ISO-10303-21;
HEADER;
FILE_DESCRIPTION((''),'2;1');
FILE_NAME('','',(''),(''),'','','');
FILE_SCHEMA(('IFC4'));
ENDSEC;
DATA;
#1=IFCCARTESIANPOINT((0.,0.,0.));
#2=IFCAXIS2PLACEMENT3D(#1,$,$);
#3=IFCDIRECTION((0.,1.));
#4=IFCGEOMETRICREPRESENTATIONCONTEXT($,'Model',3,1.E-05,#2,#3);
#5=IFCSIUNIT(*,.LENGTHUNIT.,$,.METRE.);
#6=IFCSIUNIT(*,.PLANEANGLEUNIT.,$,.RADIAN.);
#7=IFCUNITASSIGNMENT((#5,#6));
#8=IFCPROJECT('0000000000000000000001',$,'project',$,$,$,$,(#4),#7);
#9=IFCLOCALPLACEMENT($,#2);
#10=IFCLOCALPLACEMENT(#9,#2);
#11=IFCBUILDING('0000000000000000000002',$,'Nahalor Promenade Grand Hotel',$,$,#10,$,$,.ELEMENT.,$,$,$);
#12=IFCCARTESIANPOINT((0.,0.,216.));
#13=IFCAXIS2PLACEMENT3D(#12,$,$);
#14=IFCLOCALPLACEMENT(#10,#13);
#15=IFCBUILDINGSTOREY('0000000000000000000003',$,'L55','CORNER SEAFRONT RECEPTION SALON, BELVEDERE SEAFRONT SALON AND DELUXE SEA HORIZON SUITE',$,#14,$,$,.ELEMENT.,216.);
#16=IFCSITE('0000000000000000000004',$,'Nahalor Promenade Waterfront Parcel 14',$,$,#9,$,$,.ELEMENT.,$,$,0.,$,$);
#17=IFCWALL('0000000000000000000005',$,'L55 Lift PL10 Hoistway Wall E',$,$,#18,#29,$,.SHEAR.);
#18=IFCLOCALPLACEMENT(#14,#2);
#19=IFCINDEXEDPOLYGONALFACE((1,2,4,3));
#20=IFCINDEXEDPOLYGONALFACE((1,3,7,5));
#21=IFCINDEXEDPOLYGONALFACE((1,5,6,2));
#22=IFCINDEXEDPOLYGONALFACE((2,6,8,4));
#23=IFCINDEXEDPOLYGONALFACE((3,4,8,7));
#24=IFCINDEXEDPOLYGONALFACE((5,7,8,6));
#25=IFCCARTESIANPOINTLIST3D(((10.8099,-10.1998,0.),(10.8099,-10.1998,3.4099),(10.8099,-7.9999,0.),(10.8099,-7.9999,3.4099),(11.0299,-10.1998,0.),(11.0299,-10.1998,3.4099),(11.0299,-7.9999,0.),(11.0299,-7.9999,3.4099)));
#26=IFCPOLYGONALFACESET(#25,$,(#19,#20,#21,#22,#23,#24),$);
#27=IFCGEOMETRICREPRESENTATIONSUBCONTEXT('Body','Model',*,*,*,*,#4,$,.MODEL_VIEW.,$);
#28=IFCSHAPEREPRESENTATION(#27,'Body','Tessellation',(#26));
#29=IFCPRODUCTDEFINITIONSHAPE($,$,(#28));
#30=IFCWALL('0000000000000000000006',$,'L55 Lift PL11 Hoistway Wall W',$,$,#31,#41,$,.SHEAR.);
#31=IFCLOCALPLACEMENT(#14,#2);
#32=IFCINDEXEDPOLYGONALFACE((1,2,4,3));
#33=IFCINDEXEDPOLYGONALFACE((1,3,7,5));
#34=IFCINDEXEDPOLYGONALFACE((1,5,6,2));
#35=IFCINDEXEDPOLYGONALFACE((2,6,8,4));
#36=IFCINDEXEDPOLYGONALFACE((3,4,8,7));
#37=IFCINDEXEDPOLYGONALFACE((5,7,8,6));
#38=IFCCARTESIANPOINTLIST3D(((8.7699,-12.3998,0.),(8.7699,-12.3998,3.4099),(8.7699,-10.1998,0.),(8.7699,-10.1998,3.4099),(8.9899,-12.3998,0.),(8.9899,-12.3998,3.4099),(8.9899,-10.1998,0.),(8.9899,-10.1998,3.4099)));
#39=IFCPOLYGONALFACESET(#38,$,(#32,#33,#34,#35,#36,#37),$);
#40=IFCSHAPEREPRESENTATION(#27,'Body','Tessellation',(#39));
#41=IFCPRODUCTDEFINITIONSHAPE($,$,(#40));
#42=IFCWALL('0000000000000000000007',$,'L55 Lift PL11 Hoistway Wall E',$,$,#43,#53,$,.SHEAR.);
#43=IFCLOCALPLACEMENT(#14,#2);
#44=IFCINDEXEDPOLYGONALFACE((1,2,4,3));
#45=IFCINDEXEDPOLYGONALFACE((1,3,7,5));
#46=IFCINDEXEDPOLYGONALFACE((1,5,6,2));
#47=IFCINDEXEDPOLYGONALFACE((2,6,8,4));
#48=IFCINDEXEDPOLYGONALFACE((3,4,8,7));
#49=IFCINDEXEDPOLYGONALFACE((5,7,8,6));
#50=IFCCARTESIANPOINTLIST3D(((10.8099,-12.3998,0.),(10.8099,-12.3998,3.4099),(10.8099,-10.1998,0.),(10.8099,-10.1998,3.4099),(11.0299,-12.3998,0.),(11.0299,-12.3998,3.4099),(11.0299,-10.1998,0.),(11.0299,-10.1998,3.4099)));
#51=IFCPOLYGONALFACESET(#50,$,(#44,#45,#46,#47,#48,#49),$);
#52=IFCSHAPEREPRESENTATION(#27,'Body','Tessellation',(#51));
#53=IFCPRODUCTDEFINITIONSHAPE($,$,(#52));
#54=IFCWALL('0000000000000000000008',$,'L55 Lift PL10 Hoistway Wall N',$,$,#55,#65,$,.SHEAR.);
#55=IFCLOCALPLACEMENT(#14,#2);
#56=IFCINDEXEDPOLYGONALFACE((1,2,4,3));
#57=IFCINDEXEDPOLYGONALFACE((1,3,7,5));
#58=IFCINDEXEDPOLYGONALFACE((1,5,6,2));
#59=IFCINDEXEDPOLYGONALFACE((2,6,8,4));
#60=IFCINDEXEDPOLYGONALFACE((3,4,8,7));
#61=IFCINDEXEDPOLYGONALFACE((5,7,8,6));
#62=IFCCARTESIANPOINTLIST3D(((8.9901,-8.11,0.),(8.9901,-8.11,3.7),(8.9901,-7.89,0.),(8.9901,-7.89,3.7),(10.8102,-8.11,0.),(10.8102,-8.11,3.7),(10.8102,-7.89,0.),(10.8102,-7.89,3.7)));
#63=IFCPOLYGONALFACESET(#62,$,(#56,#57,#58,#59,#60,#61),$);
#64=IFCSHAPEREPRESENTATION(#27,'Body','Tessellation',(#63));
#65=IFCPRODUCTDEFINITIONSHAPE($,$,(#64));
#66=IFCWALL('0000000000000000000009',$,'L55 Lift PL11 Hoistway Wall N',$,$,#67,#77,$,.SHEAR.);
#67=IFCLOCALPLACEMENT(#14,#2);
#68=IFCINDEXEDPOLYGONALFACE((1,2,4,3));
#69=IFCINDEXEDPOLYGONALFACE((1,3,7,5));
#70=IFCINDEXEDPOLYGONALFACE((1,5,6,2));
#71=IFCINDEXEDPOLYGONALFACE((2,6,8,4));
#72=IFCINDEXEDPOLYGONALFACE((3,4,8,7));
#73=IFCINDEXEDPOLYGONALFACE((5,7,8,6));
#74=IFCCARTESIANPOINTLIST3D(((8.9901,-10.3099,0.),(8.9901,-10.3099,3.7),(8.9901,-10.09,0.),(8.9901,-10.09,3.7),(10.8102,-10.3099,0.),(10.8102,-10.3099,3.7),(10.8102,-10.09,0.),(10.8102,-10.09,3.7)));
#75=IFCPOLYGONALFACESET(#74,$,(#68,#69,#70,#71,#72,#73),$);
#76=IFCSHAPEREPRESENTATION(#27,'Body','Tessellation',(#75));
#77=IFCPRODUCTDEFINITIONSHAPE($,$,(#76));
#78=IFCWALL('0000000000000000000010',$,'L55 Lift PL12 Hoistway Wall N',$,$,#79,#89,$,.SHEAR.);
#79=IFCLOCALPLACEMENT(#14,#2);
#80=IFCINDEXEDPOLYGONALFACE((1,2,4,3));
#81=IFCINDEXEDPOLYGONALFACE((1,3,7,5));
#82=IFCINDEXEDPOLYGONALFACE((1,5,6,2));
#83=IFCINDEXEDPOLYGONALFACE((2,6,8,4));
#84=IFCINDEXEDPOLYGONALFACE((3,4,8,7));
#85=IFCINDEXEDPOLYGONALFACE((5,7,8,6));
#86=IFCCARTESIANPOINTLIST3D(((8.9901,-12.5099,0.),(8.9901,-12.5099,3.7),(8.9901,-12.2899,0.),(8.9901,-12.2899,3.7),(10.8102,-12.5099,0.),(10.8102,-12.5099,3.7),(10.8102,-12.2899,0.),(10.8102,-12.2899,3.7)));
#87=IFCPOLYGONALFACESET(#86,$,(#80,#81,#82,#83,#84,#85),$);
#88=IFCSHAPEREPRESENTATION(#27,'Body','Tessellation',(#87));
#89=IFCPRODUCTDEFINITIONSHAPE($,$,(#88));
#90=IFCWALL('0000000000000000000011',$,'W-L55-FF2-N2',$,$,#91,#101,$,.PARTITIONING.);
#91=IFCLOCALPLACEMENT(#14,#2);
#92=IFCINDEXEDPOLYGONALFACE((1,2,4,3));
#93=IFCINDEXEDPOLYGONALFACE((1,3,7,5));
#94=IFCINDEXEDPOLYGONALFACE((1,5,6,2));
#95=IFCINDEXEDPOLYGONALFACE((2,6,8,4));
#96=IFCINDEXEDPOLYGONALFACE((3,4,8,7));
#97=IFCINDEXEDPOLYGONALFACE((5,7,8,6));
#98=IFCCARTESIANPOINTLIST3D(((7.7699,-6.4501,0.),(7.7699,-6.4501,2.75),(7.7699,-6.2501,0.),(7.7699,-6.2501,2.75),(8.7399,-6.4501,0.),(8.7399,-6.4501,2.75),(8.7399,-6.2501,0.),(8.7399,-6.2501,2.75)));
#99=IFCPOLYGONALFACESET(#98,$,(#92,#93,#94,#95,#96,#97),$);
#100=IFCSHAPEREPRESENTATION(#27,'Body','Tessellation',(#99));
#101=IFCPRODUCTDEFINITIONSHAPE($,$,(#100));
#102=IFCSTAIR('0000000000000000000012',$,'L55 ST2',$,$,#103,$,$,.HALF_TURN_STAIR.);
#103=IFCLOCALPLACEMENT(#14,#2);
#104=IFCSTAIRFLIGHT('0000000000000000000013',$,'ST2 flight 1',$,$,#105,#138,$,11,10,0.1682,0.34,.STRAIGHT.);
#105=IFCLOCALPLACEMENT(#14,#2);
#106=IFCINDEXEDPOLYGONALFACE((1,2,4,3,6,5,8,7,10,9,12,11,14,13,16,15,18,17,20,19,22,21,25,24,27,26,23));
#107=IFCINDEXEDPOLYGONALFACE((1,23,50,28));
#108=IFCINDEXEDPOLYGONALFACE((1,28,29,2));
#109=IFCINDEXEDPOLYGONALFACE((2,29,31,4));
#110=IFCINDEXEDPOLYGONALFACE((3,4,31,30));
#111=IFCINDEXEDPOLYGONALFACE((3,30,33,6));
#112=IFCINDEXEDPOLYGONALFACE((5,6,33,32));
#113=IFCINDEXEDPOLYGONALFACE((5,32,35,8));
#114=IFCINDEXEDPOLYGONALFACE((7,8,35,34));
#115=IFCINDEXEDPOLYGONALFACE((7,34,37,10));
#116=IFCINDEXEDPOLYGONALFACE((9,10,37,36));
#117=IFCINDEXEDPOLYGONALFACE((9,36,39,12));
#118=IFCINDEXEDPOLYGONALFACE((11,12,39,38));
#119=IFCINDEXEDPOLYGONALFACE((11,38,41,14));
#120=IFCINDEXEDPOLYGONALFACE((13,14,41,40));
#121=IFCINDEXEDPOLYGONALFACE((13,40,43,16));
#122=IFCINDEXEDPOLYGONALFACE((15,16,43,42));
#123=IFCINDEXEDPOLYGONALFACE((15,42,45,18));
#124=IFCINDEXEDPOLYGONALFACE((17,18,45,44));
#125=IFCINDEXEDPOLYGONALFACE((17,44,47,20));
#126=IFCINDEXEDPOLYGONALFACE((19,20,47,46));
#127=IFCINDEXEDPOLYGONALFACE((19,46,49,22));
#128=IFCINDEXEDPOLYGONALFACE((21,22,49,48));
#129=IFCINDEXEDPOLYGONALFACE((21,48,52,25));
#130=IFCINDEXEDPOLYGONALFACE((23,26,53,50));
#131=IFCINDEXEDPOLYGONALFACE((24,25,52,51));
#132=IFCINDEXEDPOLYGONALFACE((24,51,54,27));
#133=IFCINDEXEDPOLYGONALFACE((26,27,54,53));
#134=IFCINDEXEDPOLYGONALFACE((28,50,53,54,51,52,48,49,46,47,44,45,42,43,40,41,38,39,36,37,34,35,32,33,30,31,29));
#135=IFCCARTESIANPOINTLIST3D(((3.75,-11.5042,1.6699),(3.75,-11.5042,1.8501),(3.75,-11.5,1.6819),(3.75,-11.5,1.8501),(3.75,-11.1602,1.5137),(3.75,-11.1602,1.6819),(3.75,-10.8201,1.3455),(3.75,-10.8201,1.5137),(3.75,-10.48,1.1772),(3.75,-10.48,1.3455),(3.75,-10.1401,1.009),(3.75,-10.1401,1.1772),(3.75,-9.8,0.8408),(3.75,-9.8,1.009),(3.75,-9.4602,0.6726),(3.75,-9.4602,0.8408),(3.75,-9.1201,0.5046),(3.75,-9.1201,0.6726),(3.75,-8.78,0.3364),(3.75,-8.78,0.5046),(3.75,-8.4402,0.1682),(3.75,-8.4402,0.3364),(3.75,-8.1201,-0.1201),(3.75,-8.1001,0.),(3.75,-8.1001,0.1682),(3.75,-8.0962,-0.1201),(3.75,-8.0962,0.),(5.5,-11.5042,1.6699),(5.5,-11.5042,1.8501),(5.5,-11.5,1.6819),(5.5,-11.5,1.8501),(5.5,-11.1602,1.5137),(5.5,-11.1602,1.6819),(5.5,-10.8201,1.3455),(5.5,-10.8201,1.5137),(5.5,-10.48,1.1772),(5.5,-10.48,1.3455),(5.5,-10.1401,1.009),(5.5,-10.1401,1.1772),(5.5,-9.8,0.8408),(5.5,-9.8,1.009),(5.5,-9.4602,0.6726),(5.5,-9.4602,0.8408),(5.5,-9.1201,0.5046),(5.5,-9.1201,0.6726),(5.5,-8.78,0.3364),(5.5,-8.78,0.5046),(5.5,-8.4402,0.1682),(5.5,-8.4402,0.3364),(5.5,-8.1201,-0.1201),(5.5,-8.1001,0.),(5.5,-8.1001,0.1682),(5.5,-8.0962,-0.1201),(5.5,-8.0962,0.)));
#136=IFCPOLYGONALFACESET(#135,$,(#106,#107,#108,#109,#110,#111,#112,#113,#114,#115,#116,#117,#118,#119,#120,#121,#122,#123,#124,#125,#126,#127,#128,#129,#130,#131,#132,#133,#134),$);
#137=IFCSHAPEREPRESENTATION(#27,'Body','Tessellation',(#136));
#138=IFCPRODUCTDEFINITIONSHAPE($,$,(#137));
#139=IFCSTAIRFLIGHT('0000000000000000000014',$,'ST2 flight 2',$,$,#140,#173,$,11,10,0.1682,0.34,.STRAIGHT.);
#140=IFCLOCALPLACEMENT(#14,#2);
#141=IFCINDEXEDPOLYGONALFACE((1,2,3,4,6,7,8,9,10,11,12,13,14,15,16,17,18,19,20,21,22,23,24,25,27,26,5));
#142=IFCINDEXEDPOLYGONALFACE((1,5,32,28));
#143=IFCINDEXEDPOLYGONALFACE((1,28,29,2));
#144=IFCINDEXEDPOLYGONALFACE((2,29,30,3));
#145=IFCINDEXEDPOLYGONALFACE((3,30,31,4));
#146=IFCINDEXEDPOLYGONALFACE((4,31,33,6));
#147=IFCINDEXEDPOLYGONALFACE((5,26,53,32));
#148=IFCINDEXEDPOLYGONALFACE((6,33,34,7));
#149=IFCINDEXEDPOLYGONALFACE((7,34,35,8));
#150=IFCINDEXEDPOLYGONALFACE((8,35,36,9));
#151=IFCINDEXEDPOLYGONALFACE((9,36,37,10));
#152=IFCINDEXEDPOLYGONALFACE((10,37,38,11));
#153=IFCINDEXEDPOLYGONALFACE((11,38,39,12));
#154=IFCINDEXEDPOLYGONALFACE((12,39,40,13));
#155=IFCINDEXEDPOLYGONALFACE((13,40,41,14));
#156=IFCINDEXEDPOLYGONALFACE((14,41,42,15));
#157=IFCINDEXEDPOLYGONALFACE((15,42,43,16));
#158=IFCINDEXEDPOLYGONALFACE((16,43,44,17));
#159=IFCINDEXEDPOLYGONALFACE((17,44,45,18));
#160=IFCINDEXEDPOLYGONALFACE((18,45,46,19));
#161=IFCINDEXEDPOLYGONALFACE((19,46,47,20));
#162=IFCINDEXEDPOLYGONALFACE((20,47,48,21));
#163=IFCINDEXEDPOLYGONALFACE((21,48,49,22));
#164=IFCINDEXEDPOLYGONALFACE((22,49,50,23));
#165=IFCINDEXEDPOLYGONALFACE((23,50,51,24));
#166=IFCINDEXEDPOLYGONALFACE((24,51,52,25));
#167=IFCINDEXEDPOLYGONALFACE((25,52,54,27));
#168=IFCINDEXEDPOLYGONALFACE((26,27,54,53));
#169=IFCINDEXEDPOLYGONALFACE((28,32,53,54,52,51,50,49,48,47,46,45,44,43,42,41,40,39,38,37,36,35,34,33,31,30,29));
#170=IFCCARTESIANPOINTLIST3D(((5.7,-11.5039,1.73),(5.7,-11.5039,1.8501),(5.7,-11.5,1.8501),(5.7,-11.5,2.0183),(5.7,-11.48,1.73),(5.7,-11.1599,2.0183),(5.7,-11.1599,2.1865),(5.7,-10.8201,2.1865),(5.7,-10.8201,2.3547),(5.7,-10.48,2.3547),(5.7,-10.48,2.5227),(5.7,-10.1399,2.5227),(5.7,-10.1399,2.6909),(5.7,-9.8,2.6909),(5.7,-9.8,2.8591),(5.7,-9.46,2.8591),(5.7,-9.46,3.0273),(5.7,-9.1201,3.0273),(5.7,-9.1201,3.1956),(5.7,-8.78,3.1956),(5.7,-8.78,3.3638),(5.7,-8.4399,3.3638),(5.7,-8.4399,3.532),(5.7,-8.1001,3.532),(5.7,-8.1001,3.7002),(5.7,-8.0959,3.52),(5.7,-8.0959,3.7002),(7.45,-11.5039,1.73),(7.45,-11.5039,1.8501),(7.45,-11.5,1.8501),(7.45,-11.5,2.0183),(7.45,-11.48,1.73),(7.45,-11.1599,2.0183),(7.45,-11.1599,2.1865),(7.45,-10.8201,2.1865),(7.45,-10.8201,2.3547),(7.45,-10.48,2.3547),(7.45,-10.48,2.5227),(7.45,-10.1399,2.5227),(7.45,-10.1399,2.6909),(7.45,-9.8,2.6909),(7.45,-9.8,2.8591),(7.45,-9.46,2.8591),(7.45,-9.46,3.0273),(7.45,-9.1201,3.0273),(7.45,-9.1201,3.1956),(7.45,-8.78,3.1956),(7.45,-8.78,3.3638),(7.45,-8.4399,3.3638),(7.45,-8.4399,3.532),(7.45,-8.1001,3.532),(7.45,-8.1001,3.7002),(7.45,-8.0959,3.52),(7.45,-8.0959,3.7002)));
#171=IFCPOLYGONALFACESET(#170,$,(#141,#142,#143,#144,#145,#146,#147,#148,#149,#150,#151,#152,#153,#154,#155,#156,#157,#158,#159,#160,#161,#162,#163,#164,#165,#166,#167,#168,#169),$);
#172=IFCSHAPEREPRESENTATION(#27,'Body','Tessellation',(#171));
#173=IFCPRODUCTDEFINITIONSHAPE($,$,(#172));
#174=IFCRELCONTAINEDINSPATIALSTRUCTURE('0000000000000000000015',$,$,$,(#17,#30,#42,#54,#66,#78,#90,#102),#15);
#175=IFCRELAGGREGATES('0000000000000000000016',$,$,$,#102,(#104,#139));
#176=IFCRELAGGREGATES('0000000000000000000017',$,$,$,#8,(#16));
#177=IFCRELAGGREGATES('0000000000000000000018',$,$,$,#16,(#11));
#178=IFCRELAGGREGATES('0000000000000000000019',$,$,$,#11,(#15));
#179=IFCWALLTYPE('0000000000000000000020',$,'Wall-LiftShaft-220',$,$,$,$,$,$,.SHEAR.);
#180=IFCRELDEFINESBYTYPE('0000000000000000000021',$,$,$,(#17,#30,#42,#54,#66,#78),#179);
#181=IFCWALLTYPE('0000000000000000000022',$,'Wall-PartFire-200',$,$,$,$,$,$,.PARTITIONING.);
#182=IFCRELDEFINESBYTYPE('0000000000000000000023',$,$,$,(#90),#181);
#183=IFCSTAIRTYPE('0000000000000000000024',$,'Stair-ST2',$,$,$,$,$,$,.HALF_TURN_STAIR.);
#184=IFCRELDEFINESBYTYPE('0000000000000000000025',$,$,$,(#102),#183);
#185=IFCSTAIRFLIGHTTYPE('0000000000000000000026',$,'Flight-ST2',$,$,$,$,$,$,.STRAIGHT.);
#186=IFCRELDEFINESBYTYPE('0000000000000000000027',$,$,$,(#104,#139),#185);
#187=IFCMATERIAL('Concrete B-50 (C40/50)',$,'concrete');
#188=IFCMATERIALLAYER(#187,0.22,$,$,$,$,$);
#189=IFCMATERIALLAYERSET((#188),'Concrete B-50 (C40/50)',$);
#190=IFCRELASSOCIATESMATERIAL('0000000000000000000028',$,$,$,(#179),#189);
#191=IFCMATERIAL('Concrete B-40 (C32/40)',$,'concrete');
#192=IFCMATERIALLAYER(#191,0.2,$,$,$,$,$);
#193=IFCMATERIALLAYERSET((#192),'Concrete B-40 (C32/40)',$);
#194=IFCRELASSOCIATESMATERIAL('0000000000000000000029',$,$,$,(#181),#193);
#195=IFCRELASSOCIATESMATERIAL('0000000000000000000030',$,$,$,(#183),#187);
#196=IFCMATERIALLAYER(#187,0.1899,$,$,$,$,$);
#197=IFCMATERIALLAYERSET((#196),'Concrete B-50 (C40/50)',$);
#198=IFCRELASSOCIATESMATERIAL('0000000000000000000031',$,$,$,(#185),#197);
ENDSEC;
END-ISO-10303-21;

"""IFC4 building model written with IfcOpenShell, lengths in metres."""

from ifc_helpers import new_model, si_unit, direction, frame, frame_2d, origin, place, context, subcontext, project, spatial, polyline, rectangle, outline, extrude, source, transform, mapped, material, layer, layer_set, type_object, element, aggregate, save


model = new_model("IFC4")

# Units and contexts
model_context = context("Model", 3, precision=1e-05, world=origin(), true_north=direction((0.0, 1.0)))
body_context = subcontext(model_context, "Body", "Model", "MODEL_VIEW")
ifc_project = project(units=[si_unit("LENGTHUNIT", "METRE"), si_unit("PLANEANGLEUNIT", "RADIAN")], contexts=[model_context])

# Site, building, storey
site_placement = place(None, origin())
site = spatial("IfcSite", under=ifc_project, at=site_placement, Name="Nahalor Promenade Waterfront Parcel 14", CompositionType="ELEMENT", RefElevation=0.0)
building_placement = place(site_placement, origin())
building = spatial("IfcBuilding", under=site, at=building_placement, Name="Nahalor Promenade Grand Hotel", CompositionType="ELEMENT")
storey_placement = place(building_placement, frame((0.0, 0.0, 216.0)))
storey = spatial("IfcBuildingStorey", under=building, at=storey_placement, Name="L55", Description="CORNER SEAFRONT RECEPTION SALON, BELVEDERE SEAFRONT SALON AND DELUXE SEA HORIZON SUITE", CompositionType="ELEMENT", Elevation=216.0)

# Walls
ifc_material_1 = material(Name="Concrete B-50 (C40/50)", Category="concrete")
ifc_layer_1 = layer(ifc_material_1, 0.22)
ifc_layer_set_1 = layer_set([ifc_layer_1], Name="Concrete B-50 (C40/50)")
wall_type_1 = type_object("IfcWallType", Name="Wall-LiftShaft-220", PredefinedType="SHEAR", material=ifc_layer_set_1)
shared_shape_1 = source(origin(), body_context, "Body", "SweptSolid", [
    extrude(rectangle(XDim=2.2, YDim=0.22, at=frame_2d((1.1001, 0.0))), origin(), (0.0, 0.0, 1.0), 3.4099),
])
for number, where, z_axis, x_axis, name in (
    (1, (10.9199, -10.2, 0.0), (0.0, 0.0, 1.0), (0.0, 1.0, 0.0), "L55 Lift PL10 Hoistway Wall E"),
    (2, (8.8799, -12.3999, 0.0), (0.0, 0.0, 1.0), (0.0, 1.0, 0.0), "L55 Lift PL11 Hoistway Wall W"),
    (3, (10.9199, -12.3999, 0.0), (0.0, 0.0, 1.0), (0.0, 1.0, 0.0), "L55 Lift PL11 Hoistway Wall E"),
):
    element("IfcWall", number, at=place(storey_placement, frame(where, z_axis=z_axis, x_axis=x_axis)), inside=storey, type_object=wall_type_1, Name=name, PredefinedType="SHEAR", context=body_context, shape_type="MappedRepresentation", body=[
        mapped(shared_shape_1, transform((0.0, 0.0, 0.0), scale=1.0)),
    ])
shared_shape_2 = source(origin(), body_context, "Body", "SweptSolid", [
    extrude(rectangle(XDim=1.8201, YDim=0.22, at=frame_2d((0.9102, 0.0))), origin(), (0.0, 0.0, 1.0), 3.7),
])
for number, where, z_axis, x_axis, name in (
    (4, (8.99, -8.0, 0.0), (0.0, 0.0, 1.0), (1.0, 0.0, 0.0), "L55 Lift PL10 Hoistway Wall N"),
    (5, (8.99, -10.2, 0.0), (0.0, 0.0, 1.0), (1.0, 0.0, 0.0), "L55 Lift PL11 Hoistway Wall N"),
    (6, (8.99, -12.3999, 0.0), (0.0, 0.0, 1.0), (1.0, 0.0, 0.0), "L55 Lift PL12 Hoistway Wall N"),
):
    element("IfcWall", number, at=place(storey_placement, frame(where, z_axis=z_axis, x_axis=x_axis)), inside=storey, type_object=wall_type_1, Name=name, PredefinedType="SHEAR", context=body_context, shape_type="MappedRepresentation", body=[
        mapped(shared_shape_2, transform((0.0, 0.0, 0.0), scale=1.0)),
    ])
ifc_material_2 = material(Name="Concrete B-40 (C32/40)", Category="concrete")
ifc_layer_2 = layer(ifc_material_2, 0.2)
ifc_layer_set_2 = layer_set([ifc_layer_2], Name="Concrete B-40 (C32/40)")
wall_type_2 = type_object("IfcWallType", Name="Wall-PartFire-200", PredefinedType="PARTITIONING", material=ifc_layer_set_2)
shared_shape_3 = source(origin(), body_context, "Body", "SweptSolid", [
    extrude(rectangle(XDim=0.97, YDim=0.2, at=frame_2d((0.4849, 0.0))), origin(), (0.0, 0.0, 1.0), 2.75),
])
wall_1_placement = place(storey_placement, frame((7.77, -6.3501, 0.0), z_axis=(0.0, 0.0, 1.0), x_axis=(1.0, 0.0, 0.0)))
element("IfcWall", 7, at=wall_1_placement, inside=storey, type_object=wall_type_2, Name="W-L55-FF2-N2", PredefinedType="PARTITIONING", context=body_context, shape_type="MappedRepresentation", body=[
    mapped(shared_shape_3, transform((0.0, 0.0, 0.0), scale=1.0)),
])

# Stair, stair flights
stair_type = type_object("IfcStairType", Name="Stair-ST2", PredefinedType="HALF_TURN_STAIR", material=ifc_material_1)
stair_placement = place(storey_placement, origin())
stair = element("IfcStair", 8, at=stair_placement, inside=storey, type_object=stair_type, Name="L55 ST2", PredefinedType="HALF_TURN_STAIR")
ifc_layer_3 = layer(ifc_material_1, 0.1899)
ifc_layer_set_3 = layer_set([ifc_layer_3], Name="Concrete B-50 (C40/50)")
stair_flight_type = type_object("IfcStairFlightType", Name="Flight-ST2", PredefinedType="STRAIGHT", material=ifc_layer_set_3)
shared_shape_4 = source(origin(), body_context, "Body", "SweptSolid", [
    extrude(outline(polyline([(-0.0039, -0.1201), (-0.0039, 0.0), (0.0, 0.0), (0.0, 0.1682), (0.3401, 0.1682), (0.3401, 0.3364), (0.6799, 0.3364), (0.6799, 0.5046), (1.02, 0.5046), (1.02, 0.6726), (1.3601, 0.6726), (1.3601, 0.8408), (1.7, 0.8408), (1.7, 1.009), (2.04, 1.009), (2.04, 1.1772), (2.3799, 1.1772), (2.3799, 1.3455), (2.72, 1.3455), (2.72, 1.5137), (3.0601, 1.5137), (3.0601, 1.6819), (3.3999, 1.6819), (3.3999, 1.8501), (3.4041, 1.8501), (3.4041, 1.6699), (0.02, -0.1201), (-0.0039, -0.1201)])), frame((0.0, 0.875, 0.0), z_axis=(0.0, -1.0, 0.0), x_axis=(1.0, 0.0, 0.0)), (0.0, 0.0, 1.0), 1.75),
])
stair_flight_1_placement = place(storey_placement, frame((4.625, -8.1001, 0.0), z_axis=(0.0, 0.0, 1.0), x_axis=(0.0, -1.0, 0.0)))
stair_flight_1 = element("IfcStairFlight", 9, at=stair_flight_1_placement, type_object=stair_flight_type, Name="ST2 flight 1", NumberOfRisers=11, NumberOfTreads=10, PredefinedType="STRAIGHT", RiserHeight=0.1682, TreadLength=0.34, context=body_context, shape_type="MappedRepresentation", body=[
    mapped(shared_shape_4, transform((0.0, 0.0, 0.0), scale=1.0)),
])
stair_flight_2_placement = place(storey_placement, frame((6.575, -11.5, 1.8501), z_axis=(0.0, 0.0, 1.0), x_axis=(0.0, 1.0, 0.0)))
stair_flight_2 = element("IfcStairFlight", 10, at=stair_flight_2_placement, type_object=stair_flight_type, Name="ST2 flight 2", NumberOfRisers=11, NumberOfTreads=10, PredefinedType="STRAIGHT", RiserHeight=0.1682, TreadLength=0.34, context=body_context, shape_type="MappedRepresentation", body=[
    mapped(shared_shape_4, transform((0.0, 0.0, 0.0), scale=1.0)),
])
aggregate(stair, [stair_flight_1, stair_flight_2])

save(model, "model.ifc")
